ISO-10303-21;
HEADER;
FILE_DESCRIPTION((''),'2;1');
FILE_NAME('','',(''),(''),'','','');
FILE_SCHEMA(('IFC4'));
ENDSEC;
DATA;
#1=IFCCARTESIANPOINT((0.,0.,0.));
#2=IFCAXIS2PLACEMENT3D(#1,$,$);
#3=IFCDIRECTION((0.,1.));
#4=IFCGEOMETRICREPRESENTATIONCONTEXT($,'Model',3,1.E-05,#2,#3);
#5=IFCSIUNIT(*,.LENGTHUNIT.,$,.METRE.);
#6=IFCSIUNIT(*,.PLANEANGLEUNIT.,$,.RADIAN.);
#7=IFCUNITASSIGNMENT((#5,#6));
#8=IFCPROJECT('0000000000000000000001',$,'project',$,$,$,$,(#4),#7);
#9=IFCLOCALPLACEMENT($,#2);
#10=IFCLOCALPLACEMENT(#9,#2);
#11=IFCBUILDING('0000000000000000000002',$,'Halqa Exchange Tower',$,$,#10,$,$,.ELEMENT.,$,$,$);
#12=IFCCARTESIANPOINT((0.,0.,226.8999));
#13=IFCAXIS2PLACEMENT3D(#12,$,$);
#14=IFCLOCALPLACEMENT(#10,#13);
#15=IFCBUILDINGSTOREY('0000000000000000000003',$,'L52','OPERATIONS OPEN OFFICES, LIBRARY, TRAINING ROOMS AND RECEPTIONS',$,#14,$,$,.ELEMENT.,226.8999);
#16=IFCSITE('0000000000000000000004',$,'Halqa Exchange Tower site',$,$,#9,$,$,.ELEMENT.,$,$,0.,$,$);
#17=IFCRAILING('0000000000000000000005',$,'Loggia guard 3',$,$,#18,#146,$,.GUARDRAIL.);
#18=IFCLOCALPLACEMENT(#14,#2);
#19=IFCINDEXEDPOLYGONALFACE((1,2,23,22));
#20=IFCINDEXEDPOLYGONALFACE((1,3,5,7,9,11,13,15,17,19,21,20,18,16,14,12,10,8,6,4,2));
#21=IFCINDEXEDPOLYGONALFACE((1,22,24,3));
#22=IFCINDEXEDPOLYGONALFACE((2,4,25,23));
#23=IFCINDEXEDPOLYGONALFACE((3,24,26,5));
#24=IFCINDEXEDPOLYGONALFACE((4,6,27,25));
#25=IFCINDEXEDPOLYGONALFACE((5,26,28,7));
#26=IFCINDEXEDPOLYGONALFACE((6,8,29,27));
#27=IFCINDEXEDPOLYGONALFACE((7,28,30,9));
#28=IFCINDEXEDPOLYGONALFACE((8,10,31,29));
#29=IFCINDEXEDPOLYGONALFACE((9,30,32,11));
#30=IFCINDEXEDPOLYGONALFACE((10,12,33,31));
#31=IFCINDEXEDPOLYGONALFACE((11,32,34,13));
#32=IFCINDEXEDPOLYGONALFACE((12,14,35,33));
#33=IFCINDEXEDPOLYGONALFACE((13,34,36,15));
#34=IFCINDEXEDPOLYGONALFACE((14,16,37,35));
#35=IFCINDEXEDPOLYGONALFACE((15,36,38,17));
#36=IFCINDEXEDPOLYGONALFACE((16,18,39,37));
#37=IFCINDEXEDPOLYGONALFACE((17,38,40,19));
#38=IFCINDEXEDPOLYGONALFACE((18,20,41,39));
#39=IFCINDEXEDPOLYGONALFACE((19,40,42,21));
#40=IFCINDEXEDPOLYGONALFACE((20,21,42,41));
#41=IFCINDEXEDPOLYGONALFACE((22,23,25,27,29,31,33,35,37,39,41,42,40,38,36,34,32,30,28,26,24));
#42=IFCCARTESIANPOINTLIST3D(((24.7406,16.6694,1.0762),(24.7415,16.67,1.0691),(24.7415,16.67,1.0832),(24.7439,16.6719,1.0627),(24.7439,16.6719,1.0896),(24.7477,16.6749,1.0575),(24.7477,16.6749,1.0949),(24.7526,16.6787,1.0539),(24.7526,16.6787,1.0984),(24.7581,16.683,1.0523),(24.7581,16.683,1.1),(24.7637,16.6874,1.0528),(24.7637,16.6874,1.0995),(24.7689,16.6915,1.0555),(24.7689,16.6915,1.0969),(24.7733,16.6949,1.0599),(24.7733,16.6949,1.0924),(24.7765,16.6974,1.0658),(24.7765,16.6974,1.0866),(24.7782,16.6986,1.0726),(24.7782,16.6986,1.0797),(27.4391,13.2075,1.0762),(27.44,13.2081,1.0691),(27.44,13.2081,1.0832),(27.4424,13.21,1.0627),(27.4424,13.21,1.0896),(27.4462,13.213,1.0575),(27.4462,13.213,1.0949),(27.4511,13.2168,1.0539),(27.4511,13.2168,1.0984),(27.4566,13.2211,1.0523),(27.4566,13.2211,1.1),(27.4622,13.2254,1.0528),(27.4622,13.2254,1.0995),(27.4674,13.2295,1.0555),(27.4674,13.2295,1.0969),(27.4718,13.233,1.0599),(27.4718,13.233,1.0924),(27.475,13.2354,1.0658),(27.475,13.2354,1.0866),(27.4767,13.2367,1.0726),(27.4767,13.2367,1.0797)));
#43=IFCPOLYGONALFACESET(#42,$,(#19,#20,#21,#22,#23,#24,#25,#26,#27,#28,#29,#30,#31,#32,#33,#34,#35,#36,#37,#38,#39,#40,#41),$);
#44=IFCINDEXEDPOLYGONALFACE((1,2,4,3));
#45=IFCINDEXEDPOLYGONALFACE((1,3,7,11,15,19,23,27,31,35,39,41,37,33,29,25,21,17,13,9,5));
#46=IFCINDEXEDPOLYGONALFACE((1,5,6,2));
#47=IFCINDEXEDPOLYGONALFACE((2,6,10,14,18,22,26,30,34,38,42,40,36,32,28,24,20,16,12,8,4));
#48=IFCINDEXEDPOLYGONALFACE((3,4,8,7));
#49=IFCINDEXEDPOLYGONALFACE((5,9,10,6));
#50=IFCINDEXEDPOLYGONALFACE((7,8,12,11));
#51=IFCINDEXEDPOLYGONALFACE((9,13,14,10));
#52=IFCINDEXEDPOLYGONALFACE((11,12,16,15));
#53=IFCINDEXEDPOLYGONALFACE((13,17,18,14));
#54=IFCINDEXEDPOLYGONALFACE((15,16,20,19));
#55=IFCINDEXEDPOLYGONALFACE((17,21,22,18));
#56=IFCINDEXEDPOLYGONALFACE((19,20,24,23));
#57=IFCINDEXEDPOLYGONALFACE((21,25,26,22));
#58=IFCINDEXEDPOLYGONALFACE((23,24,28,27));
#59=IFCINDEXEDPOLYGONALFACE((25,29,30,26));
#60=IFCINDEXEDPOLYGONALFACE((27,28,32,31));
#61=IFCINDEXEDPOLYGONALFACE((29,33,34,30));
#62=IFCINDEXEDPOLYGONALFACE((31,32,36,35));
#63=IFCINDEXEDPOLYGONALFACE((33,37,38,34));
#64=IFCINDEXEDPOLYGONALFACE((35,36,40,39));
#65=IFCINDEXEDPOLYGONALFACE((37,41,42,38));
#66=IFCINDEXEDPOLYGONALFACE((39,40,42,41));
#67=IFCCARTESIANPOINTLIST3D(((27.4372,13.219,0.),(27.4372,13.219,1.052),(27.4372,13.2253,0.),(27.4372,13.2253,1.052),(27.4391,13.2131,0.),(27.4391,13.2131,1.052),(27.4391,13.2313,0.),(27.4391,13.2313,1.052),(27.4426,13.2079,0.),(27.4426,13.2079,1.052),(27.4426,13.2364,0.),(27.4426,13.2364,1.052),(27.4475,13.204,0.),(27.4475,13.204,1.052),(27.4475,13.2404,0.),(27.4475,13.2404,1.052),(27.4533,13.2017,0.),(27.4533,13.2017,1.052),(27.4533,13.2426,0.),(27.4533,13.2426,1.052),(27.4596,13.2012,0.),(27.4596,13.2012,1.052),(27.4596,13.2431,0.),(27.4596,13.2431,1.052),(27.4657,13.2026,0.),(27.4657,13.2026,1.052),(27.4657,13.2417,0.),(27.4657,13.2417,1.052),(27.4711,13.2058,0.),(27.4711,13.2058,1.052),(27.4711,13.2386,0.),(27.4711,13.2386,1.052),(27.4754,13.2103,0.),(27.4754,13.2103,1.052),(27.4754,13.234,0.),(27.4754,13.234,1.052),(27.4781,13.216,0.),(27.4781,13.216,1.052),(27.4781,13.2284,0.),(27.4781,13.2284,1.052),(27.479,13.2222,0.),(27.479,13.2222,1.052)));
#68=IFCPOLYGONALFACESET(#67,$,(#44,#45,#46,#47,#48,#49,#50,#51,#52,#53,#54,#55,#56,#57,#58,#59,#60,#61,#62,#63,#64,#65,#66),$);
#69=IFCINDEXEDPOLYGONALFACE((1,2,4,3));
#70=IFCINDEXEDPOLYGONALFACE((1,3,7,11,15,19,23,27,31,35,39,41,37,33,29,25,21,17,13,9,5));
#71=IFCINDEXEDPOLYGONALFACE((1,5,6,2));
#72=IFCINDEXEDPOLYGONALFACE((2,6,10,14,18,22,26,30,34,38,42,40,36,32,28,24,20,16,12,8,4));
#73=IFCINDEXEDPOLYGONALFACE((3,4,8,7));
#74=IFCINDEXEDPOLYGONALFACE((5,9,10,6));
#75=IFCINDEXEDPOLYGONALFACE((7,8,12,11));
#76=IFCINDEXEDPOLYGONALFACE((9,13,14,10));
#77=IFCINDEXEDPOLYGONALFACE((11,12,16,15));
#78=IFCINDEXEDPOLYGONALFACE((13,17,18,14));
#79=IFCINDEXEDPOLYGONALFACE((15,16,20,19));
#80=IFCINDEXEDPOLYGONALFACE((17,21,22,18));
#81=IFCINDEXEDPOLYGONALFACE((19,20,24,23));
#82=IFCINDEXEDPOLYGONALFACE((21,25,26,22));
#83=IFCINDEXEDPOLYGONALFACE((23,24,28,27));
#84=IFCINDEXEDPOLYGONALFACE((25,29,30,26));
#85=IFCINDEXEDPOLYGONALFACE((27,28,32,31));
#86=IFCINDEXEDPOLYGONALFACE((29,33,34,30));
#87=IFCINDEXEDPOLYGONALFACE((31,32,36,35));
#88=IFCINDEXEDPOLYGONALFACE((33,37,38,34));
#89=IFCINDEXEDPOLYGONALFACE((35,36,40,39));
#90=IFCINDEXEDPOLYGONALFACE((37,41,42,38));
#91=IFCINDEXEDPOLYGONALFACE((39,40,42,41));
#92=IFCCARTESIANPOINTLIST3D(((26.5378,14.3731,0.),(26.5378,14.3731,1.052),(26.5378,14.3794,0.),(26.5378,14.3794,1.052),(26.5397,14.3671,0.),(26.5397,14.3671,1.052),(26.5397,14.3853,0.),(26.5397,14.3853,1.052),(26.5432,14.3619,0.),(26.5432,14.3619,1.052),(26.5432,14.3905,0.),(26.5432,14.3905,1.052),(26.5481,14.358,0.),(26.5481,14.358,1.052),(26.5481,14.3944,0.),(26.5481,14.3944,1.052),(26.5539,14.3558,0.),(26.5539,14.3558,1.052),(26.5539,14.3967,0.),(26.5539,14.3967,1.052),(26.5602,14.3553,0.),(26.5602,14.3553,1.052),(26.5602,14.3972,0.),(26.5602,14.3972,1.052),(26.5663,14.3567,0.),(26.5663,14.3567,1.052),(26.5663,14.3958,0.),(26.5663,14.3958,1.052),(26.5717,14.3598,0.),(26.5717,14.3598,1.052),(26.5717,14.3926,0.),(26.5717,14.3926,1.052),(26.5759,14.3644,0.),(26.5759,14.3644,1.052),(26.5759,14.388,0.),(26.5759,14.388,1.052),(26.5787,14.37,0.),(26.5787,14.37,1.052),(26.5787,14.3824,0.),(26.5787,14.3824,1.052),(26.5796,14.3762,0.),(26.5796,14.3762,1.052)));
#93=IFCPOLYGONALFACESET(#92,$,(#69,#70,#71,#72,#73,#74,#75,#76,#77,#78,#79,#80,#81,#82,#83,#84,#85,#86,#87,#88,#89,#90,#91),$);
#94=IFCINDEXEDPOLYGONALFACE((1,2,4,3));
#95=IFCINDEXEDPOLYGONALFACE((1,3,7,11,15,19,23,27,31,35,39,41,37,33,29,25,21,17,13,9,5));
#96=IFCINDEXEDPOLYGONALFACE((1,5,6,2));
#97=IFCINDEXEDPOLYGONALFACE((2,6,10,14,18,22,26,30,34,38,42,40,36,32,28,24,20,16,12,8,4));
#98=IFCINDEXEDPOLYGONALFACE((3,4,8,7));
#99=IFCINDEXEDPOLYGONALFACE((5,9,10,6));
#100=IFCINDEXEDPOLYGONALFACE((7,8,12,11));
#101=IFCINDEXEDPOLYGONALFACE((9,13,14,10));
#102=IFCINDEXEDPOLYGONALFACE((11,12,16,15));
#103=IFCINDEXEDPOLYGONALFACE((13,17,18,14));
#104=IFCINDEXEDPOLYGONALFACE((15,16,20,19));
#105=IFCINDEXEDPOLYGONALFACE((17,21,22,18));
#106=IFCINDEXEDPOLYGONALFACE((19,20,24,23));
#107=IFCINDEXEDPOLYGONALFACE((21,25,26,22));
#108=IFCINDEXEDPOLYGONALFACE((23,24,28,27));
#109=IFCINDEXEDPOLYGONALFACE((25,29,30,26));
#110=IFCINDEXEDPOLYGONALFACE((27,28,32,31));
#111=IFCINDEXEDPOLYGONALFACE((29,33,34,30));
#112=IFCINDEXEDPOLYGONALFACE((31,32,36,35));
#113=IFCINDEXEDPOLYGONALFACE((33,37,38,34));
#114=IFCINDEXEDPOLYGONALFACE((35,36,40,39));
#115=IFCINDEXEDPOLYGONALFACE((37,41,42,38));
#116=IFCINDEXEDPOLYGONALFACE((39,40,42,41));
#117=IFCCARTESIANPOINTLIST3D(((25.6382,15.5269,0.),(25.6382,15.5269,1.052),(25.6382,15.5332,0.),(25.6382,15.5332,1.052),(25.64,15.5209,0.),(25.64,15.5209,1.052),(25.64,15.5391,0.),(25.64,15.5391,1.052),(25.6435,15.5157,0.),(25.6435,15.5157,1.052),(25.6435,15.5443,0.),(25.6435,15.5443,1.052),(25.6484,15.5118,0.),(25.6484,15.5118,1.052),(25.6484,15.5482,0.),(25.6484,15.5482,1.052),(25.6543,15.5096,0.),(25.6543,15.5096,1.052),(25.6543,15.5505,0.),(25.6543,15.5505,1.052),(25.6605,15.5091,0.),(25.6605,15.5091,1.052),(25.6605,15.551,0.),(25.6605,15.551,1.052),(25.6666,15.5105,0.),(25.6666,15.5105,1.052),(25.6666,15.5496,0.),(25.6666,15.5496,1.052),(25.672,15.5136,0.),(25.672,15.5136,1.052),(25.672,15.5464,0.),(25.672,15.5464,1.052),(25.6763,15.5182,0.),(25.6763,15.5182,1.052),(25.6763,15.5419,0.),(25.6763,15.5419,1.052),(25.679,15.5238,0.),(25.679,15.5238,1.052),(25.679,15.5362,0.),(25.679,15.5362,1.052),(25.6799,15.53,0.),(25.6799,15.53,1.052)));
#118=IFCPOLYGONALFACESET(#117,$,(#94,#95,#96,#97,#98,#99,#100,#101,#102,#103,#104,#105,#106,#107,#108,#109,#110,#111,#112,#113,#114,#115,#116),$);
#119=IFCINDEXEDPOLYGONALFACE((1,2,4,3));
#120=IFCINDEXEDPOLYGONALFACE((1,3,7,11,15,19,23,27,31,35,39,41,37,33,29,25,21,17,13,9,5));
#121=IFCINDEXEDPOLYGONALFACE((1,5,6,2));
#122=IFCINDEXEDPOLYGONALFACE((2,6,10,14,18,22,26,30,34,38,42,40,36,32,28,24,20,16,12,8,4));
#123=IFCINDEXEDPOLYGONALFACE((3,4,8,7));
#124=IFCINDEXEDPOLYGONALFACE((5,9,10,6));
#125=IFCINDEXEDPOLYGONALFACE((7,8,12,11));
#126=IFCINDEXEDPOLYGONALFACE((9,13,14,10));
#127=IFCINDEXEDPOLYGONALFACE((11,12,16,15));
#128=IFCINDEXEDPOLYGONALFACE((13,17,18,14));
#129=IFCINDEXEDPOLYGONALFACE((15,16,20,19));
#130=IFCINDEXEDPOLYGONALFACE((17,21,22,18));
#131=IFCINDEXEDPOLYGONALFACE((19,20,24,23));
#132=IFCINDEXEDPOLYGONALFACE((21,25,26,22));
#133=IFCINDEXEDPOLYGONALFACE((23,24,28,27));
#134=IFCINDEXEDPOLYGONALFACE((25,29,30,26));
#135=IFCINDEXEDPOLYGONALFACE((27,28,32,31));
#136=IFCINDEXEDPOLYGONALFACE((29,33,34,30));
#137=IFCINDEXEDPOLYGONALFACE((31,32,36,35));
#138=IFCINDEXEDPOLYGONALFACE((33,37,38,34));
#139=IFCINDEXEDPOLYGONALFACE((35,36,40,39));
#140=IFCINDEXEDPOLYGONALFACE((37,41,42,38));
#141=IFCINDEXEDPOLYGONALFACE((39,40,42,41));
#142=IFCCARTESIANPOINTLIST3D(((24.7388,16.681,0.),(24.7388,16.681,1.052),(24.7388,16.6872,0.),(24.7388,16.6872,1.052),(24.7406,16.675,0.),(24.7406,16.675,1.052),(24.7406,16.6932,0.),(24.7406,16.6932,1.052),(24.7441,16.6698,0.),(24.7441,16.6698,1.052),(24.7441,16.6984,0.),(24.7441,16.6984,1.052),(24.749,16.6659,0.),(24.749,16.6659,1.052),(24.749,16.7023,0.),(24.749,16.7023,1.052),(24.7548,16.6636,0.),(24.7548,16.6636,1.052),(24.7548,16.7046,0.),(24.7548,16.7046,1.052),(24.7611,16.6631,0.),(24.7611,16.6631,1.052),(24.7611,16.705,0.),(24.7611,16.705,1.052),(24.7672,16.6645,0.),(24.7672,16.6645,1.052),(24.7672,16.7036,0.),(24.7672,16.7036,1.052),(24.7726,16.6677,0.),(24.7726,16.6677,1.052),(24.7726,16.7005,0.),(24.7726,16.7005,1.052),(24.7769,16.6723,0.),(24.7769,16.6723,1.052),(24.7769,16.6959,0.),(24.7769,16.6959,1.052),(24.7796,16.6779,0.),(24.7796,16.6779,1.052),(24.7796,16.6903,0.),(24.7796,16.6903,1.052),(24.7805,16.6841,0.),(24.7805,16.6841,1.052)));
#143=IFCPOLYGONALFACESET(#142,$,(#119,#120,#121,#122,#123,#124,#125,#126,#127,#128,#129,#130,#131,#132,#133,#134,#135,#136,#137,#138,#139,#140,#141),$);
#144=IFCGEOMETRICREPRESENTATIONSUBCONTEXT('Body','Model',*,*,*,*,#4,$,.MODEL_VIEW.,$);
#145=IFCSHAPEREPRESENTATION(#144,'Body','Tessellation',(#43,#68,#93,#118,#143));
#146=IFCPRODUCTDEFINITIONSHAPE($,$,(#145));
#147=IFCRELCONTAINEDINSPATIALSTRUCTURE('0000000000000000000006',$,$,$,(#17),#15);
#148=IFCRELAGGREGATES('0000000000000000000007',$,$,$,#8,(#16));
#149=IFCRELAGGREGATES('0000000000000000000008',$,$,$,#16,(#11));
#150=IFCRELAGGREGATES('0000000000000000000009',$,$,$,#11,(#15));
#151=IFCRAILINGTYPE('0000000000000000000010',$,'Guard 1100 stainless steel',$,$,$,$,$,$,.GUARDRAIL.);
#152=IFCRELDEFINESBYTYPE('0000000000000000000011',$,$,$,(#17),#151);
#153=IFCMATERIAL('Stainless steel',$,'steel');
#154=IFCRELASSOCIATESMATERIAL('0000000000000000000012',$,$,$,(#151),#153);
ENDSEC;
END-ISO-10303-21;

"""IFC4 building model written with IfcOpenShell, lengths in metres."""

from ifc_helpers import new_model, si_unit, direction, frame, origin, origin_2d, place, context, subcontext, project, spatial, circle, extrude, material, type_object, element, save


model = new_model("IFC4")

# Units and contexts
model_context = context("Model", 3, precision=1e-05, world=origin(), true_north=direction((0.0, 1.0)))
body_context = subcontext(model_context, "Body", "Model", "MODEL_VIEW")
ifc_project = project(units=[si_unit("LENGTHUNIT", "METRE"), si_unit("PLANEANGLEUNIT", "RADIAN")], contexts=[model_context])

# Site, building, storey
site_placement = place(None, origin())
site = spatial("IfcSite", under=ifc_project, at=site_placement, Name="Halqa Exchange Tower site", CompositionType="ELEMENT", RefElevation=0.0)
building_placement = place(site_placement, origin())
building = spatial("IfcBuilding", under=site, at=building_placement, Name="Halqa Exchange Tower", CompositionType="ELEMENT")
storey_placement = place(building_placement, frame((0.0, 0.0, 226.8999)))
storey = spatial("IfcBuildingStorey", under=building, at=storey_placement, Name="L52", Description="OPERATIONS OPEN OFFICES, LIBRARY, TRAINING ROOMS AND RECEPTIONS", CompositionType="ELEMENT", Elevation=226.8999)

# Railing
ifc_material_1 = material(Name="Stainless steel", Category="steel")
railing_type = type_object("IfcRailingType", Name="Guard 1100 stainless steel", PredefinedType="GUARDRAIL", material=ifc_material_1)
railing_1_placement = place(storey_placement, frame((27.458, 13.2222, 0.0)))
element("IfcRailing", 1, at=railing_1_placement, inside=storey, type_object=railing_type, Name="Loggia guard 3", PredefinedType="GUARDRAIL", context=body_context, shape_type="SweptSolid", body=[
    extrude(circle(Radius=0.0239, at=origin_2d()), frame((0.0, 0.0, 1.0762), z_axis=(-0.614776, 0.788702, 0.0), x_axis=(-0.788702, -0.614776, 0.0)), (0.0, 0.0, 1.0), 4.3894),
    extrude(circle(Radius=0.021, at=origin_2d()), origin(), (0.0, 0.0, 1.0), 1.052),
    extrude(circle(Radius=0.021, at=origin_2d()), frame((-0.8994, 1.1541, 0.0)), (0.0, 0.0, 1.0), 1.052),
    extrude(circle(Radius=0.021, at=origin_2d()), frame((-1.7991, 2.3079, 0.0)), (0.0, 0.0, 1.0), 1.052),
    extrude(circle(Radius=0.021, at=origin_2d()), frame((-2.6985, 3.4619, 0.0)), (0.0, 0.0, 1.0), 1.052),
])

save(model, "model.ifc")
